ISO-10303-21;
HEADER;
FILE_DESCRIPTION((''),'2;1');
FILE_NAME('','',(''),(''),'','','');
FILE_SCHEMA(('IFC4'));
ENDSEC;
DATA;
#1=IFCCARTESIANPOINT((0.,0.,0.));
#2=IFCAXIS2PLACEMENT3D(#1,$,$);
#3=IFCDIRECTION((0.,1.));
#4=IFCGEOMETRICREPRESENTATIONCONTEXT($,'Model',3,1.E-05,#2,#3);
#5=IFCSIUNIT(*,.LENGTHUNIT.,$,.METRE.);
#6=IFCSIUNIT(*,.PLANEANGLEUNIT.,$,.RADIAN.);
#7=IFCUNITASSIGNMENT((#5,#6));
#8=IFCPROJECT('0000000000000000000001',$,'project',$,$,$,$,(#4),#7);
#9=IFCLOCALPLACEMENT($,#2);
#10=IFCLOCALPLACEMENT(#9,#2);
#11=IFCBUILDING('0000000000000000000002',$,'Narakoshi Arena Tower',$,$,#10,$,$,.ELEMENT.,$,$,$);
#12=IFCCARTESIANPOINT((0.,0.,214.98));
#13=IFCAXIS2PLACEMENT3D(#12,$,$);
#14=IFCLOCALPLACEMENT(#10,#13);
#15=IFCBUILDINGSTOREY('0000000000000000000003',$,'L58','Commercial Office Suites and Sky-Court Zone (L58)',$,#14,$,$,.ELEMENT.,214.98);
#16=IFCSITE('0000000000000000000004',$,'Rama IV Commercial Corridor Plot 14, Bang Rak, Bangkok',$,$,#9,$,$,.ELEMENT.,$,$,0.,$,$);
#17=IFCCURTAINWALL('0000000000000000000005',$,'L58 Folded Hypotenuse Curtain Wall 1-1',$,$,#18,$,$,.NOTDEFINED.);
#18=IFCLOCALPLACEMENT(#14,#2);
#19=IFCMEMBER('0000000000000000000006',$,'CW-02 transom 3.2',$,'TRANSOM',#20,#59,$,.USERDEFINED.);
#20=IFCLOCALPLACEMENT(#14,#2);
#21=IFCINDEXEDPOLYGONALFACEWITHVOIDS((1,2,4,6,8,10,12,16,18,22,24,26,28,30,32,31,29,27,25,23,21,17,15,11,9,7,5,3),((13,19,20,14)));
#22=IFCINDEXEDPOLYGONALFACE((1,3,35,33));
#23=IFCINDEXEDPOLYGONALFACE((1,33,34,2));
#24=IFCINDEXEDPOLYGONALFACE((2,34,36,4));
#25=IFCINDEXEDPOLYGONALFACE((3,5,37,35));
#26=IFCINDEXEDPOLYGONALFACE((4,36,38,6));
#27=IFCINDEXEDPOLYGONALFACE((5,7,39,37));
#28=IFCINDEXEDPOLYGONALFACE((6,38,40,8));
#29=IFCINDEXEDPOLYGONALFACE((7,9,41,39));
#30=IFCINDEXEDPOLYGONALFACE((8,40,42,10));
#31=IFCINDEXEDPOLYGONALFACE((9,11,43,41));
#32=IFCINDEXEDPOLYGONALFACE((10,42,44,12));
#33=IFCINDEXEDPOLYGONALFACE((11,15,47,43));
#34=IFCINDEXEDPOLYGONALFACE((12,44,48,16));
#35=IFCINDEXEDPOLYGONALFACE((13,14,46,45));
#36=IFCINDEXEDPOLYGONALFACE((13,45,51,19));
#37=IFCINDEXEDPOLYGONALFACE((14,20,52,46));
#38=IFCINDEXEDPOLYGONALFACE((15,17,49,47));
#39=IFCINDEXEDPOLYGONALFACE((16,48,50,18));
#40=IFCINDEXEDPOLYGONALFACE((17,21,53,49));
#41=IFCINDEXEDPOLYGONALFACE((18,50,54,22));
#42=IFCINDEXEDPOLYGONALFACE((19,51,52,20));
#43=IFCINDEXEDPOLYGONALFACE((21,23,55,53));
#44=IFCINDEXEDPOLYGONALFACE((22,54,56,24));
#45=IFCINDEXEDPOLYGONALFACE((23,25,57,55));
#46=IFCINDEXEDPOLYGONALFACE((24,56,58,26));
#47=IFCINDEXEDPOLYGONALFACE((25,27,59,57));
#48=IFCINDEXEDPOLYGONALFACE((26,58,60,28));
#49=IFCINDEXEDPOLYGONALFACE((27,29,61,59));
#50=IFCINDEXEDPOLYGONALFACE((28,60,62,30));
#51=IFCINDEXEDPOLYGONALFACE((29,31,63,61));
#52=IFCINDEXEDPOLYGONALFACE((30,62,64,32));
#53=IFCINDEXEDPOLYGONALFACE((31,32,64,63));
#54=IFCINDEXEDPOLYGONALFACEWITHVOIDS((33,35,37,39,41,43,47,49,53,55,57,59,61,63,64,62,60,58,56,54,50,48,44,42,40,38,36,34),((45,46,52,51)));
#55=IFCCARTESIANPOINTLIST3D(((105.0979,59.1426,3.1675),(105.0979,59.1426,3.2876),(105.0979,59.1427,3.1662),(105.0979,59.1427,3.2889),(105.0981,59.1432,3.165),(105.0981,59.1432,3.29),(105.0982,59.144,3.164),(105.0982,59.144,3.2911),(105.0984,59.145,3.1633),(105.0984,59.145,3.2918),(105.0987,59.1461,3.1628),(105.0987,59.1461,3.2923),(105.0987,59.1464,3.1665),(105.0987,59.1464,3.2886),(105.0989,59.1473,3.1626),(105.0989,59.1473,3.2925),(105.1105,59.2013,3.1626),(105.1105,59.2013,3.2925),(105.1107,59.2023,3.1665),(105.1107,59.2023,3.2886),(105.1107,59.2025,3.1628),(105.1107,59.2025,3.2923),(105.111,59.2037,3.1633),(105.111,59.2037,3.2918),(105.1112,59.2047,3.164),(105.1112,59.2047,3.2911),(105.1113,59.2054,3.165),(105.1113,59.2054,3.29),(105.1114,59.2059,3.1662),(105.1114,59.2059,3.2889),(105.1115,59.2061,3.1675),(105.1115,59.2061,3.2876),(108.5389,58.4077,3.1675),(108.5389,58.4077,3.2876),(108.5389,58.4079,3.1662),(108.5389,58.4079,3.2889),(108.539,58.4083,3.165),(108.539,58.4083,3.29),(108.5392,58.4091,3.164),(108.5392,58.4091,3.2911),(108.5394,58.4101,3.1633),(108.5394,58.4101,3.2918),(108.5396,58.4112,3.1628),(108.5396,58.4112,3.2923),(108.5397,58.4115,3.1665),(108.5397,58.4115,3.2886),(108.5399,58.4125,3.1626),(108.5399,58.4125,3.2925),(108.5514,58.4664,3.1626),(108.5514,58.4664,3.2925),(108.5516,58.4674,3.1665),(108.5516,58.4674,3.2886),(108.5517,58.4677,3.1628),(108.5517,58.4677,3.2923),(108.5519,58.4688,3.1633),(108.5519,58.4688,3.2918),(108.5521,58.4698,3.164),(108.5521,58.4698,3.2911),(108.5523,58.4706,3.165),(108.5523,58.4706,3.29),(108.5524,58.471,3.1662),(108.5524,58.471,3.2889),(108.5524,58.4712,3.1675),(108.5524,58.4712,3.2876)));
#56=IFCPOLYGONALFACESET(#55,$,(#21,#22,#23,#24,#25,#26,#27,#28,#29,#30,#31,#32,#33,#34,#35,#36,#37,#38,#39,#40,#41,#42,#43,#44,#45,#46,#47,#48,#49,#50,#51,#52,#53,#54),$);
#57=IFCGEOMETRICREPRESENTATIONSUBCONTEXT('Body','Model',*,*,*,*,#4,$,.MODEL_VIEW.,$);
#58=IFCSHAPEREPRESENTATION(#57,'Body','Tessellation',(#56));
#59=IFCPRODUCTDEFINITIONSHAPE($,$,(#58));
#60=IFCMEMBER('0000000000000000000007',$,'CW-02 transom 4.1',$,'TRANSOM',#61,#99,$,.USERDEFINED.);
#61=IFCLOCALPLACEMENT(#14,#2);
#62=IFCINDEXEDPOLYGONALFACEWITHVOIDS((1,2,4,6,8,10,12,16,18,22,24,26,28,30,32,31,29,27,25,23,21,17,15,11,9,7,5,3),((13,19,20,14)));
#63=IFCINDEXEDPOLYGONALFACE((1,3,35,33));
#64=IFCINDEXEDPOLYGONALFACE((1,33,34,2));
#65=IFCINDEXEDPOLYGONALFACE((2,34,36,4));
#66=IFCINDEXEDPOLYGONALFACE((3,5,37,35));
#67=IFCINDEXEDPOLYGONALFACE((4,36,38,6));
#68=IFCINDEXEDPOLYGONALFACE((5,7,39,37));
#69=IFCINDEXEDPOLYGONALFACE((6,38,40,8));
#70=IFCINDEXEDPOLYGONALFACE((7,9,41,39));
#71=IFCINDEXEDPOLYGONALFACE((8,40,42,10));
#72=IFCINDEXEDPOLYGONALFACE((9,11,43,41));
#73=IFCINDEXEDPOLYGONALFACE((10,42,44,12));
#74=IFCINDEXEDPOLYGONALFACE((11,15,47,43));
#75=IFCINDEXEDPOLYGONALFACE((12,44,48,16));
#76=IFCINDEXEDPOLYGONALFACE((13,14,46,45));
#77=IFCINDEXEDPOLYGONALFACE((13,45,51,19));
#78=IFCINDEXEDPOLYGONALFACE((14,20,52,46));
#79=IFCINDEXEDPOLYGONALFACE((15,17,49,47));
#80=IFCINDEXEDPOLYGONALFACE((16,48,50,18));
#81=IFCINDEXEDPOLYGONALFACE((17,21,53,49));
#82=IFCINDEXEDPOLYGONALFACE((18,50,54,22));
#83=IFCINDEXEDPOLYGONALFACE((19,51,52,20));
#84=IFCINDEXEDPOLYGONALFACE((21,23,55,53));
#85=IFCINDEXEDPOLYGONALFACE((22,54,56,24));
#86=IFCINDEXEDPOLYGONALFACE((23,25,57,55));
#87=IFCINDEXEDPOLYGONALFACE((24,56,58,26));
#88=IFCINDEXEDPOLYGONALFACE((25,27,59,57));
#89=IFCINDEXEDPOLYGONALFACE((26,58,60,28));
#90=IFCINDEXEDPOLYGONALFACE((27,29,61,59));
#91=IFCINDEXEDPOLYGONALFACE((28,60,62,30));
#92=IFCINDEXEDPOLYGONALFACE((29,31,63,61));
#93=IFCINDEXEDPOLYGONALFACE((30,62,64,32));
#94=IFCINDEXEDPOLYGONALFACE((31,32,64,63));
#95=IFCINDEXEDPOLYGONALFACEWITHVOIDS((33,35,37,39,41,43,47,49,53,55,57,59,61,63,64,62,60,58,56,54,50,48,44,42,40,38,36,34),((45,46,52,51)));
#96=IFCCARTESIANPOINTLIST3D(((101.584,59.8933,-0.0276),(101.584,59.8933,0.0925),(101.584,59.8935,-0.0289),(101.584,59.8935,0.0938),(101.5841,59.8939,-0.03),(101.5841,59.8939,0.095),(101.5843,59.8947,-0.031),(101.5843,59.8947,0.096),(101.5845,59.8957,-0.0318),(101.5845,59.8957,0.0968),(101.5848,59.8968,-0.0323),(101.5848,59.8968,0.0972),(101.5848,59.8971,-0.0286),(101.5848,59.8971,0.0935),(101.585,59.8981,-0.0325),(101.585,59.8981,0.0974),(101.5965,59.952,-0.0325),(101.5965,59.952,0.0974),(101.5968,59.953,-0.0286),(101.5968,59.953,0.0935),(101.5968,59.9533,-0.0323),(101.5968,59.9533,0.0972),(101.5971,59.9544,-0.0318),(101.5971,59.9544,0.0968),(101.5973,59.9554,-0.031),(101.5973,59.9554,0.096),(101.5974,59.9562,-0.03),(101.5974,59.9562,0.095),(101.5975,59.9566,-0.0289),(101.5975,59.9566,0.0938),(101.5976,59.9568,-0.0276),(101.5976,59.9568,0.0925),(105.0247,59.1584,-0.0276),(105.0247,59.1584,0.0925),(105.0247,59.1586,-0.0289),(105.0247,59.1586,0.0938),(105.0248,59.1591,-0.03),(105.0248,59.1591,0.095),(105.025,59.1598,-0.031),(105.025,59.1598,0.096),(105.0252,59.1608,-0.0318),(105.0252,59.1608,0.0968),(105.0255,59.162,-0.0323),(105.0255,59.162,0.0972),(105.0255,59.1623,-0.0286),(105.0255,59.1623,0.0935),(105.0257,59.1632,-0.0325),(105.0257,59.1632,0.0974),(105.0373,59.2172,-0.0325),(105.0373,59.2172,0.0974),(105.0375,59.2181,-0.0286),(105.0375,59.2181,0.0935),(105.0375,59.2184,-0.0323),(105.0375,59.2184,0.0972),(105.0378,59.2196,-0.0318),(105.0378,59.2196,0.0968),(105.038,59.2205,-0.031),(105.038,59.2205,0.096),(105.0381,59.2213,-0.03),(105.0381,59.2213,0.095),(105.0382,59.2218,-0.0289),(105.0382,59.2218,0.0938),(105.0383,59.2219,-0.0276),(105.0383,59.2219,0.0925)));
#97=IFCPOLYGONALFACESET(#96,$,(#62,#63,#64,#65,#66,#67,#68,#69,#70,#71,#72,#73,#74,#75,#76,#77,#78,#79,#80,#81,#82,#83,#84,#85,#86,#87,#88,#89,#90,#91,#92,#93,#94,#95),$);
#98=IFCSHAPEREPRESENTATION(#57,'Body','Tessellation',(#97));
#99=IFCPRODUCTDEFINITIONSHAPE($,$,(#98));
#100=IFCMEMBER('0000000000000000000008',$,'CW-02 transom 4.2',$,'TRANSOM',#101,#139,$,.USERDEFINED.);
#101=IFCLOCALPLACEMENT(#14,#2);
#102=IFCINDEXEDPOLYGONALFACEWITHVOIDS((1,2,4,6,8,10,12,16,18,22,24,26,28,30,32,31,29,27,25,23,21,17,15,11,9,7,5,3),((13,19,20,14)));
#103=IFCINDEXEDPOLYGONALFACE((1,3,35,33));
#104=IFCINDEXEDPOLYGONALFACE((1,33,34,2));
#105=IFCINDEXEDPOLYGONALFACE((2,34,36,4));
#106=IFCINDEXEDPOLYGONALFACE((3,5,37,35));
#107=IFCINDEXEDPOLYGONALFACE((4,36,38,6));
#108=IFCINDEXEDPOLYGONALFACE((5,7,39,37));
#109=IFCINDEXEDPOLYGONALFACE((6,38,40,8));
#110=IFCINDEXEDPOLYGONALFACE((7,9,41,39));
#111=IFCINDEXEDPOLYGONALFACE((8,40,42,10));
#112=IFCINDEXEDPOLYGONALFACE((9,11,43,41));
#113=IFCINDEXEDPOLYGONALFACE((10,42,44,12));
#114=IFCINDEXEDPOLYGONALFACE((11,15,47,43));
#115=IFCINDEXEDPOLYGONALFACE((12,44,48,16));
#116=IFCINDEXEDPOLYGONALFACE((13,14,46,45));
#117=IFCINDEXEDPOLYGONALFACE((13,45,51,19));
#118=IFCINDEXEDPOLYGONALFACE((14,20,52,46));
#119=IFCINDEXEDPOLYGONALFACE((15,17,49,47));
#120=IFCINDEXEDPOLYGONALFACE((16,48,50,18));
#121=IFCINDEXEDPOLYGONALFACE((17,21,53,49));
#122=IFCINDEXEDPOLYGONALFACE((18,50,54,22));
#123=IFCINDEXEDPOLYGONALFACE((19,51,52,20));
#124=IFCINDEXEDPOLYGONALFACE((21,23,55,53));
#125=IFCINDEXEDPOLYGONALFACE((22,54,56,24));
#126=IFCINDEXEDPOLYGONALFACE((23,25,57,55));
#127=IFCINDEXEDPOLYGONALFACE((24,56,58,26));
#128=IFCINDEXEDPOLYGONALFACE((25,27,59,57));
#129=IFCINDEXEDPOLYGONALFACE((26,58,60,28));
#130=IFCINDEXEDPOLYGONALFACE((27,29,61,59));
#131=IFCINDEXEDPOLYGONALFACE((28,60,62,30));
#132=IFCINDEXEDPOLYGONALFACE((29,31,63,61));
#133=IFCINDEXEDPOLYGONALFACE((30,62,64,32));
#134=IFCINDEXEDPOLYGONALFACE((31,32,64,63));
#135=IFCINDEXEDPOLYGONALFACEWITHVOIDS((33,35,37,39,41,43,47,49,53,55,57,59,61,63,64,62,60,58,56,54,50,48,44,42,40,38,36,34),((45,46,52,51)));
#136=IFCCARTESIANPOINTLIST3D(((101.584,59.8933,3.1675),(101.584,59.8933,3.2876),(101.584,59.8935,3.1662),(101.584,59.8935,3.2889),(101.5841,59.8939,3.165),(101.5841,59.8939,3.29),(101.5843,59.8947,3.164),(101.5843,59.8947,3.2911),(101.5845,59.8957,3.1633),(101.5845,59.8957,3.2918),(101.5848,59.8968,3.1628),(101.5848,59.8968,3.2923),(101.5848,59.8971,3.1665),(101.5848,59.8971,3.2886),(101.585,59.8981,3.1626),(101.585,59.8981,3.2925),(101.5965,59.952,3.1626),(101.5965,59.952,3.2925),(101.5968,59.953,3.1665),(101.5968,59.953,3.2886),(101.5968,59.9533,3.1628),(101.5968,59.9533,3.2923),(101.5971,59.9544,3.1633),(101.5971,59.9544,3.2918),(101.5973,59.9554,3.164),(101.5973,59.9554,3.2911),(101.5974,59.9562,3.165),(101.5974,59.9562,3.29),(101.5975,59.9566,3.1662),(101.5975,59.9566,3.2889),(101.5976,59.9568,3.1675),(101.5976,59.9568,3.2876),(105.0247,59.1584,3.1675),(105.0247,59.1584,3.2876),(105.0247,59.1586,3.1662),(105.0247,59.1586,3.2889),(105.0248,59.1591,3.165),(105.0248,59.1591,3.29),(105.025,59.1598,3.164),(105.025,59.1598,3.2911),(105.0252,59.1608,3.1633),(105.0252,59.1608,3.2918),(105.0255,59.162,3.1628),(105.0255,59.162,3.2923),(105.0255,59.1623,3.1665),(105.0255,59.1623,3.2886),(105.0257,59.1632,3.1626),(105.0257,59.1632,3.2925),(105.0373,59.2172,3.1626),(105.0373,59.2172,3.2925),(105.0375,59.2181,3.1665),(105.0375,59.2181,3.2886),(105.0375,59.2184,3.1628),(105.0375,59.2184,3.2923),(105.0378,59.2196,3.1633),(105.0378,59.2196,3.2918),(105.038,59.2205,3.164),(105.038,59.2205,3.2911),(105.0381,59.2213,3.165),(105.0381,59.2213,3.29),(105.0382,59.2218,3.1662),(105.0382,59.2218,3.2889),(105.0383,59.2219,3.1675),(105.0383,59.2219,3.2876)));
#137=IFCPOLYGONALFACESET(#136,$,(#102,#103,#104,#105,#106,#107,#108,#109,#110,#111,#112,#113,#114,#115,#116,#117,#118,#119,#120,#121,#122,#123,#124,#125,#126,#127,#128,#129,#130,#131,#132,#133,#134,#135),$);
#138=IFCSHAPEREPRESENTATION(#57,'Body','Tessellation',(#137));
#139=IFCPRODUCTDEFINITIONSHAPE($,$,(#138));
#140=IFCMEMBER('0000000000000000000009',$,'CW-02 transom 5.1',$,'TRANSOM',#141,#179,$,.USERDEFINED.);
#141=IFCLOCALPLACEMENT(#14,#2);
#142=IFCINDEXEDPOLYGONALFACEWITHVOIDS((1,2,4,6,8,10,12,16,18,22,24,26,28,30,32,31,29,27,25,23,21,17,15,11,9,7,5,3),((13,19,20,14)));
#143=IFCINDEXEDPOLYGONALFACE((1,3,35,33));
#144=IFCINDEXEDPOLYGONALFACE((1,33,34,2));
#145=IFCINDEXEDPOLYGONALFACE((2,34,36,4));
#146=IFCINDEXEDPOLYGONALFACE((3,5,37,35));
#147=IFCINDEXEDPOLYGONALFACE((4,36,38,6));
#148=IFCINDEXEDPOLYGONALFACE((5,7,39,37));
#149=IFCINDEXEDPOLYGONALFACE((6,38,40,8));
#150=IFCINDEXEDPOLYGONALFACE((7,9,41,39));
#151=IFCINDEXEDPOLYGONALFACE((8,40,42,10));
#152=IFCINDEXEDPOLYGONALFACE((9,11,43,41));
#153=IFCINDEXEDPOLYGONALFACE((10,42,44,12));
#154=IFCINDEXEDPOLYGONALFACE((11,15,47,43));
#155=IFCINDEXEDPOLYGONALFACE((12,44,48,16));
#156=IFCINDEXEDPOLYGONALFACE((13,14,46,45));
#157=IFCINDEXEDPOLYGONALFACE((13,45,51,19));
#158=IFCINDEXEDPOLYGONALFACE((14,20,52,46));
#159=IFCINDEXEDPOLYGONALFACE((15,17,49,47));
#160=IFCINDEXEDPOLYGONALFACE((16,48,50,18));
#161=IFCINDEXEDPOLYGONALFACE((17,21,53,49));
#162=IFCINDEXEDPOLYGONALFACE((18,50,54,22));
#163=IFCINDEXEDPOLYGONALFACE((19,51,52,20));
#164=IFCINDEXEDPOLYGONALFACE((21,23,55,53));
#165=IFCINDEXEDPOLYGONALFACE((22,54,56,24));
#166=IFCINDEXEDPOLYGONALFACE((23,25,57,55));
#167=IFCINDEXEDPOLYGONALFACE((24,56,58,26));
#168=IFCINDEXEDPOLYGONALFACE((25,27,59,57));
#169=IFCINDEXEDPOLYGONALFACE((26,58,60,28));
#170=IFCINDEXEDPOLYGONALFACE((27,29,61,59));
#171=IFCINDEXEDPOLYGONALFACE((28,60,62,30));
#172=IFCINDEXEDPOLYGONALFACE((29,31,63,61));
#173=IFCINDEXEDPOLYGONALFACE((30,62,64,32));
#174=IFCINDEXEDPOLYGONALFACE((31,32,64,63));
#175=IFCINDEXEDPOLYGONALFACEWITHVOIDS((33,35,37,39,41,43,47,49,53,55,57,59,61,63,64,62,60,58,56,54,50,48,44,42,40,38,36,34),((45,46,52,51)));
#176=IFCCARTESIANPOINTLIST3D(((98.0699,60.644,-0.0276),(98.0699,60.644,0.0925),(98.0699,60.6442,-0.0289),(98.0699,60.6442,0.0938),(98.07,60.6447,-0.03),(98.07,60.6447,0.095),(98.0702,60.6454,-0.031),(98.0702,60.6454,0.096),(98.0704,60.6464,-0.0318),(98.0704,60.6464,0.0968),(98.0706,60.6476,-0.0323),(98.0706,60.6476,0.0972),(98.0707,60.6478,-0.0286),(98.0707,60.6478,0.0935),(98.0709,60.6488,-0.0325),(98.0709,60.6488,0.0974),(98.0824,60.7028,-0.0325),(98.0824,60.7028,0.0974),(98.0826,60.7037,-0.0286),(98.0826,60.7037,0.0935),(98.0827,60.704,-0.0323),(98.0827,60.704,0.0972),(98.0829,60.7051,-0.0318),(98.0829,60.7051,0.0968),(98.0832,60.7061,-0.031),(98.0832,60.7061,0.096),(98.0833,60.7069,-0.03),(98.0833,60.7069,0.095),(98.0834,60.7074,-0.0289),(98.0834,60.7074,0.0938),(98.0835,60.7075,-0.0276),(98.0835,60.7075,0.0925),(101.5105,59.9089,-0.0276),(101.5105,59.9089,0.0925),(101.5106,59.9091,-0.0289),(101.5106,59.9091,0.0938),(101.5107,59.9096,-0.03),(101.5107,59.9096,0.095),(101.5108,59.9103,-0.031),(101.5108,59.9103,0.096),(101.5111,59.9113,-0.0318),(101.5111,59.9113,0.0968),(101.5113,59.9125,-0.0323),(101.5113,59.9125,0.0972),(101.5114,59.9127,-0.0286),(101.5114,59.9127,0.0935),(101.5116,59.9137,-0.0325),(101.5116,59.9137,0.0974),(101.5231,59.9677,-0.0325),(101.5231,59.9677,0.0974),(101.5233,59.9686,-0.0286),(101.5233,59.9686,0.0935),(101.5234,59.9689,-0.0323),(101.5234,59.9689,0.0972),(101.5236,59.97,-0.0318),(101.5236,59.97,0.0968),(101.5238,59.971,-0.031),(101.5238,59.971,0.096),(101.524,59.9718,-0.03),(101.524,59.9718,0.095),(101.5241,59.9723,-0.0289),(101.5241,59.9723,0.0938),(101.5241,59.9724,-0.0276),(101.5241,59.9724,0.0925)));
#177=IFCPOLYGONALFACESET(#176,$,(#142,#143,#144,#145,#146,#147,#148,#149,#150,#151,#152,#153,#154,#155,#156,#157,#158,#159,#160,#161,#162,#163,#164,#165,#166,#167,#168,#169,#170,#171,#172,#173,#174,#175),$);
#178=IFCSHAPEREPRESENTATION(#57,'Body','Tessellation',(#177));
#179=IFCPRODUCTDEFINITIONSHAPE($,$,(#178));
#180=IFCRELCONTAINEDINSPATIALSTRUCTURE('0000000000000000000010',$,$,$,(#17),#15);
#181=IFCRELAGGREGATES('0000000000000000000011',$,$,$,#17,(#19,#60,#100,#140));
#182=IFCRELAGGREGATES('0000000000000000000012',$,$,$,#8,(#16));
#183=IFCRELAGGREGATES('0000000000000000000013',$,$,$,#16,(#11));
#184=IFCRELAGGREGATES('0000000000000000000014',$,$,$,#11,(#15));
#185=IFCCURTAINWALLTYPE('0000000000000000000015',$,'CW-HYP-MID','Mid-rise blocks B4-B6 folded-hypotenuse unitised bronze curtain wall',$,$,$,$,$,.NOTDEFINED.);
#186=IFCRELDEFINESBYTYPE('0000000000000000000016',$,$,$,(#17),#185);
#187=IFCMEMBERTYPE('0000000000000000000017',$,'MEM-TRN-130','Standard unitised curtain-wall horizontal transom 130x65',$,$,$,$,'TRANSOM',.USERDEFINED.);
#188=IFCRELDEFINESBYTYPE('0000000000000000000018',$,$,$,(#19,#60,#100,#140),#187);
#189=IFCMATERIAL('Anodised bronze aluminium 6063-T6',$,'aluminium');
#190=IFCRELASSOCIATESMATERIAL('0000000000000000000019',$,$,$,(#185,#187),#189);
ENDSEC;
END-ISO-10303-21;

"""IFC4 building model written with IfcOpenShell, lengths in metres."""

from ifc_helpers import new_model, si_unit, direction, frame, origin, origin_2d, place, context, subcontext, project, spatial, hollow_rectangle, extrude, material, material_profile, profile_set, type_object, element, aggregate, save


model = new_model("IFC4")

# Units and contexts
model_context = context("Model", 3, precision=1e-05, world=origin(), true_north=direction((0.0, 1.0)))
body_context = subcontext(model_context, "Body", "Model", "MODEL_VIEW")
ifc_project = project(units=[si_unit("LENGTHUNIT", "METRE"), si_unit("PLANEANGLEUNIT", "RADIAN")], contexts=[model_context])

# Site, building, storey
site_placement = place(None, origin())
site = spatial("IfcSite", under=ifc_project, at=site_placement, Name="Rama IV Commercial Corridor Plot 14, Bang Rak, Bangkok", CompositionType="ELEMENT", RefElevation=0.0)
building_placement = place(site_placement, origin())
building = spatial("IfcBuilding", under=site, at=building_placement, Name="Narakoshi Arena Tower", CompositionType="ELEMENT")
storey_placement = place(building_placement, frame((0.0, 0.0, 214.98)))
storey = spatial("IfcBuildingStorey", under=building, at=storey_placement, Name="L58", Description="Commercial Office Suites and Sky-Court Zone (L58)", CompositionType="ELEMENT", Elevation=214.98)

# Curtain wall, members
ifc_material_1 = material(Name="Anodised bronze aluminium 6063-T6", Category="aluminium")
curtain_wall_type = type_object("IfcCurtainWallType", Name="CW-HYP-MID", Description="Mid-rise blocks B4-B6 folded-hypotenuse unitised bronze curtain wall", PredefinedType="NOTDEFINED", material=ifc_material_1)
curtain_wall_placement = place(storey_placement, origin())
curtain_wall = element("IfcCurtainWall", 1, at=curtain_wall_placement, inside=storey, type_object=curtain_wall_type, Name="L58 Folded Hypotenuse Curtain Wall 1-1", PredefinedType="NOTDEFINED")
ifc_material_profile_1 = material_profile(ifc_material_1, hollow_rectangle(XDim=0.0649, YDim=0.1299, WallThickness=0.0039, OuterFilletRadius=0.0049, at=origin_2d()), Name="TRN130x65x4")
ifc_profile_set_1 = profile_set([ifc_material_profile_1], Name="Anodised bronze aluminium 6063-T6")
member_type_1 = type_object("IfcMemberType", Name="MEM-TRN-130", Description="Standard unitised curtain-wall horizontal transom 130x65", ElementType="TRANSOM", PredefinedType="USERDEFINED", material=ifc_profile_set_1)
member_1_placement = place(storey_placement, frame((108.5457, 58.4395, 3.2275), z_axis=(-0.977946, 0.208856, 0.0), x_axis=(-0.208856, -0.977946, 0.0)))
member_1 = element("IfcMember", 2, at=member_1_placement, type_object=member_type_1, Name="CW-02 transom 3.2", ObjectType="TRANSOM", PredefinedType="USERDEFINED", context=body_context, shape_type="SweptSolid", body=[
    extrude(hollow_rectangle(XDim=0.0649, YDim=0.1299, WallThickness=0.0039, OuterFilletRadius=0.0049, at=origin_2d()), origin(), (0.0, 0.0, 1.0), 3.5186),
])
member_2_placement = place(storey_placement, frame((105.0315, 59.1902, 0.0325), z_axis=(-0.977943, 0.20887, 0.0), x_axis=(-0.20887, -0.977943, 0.0)))
member_2 = element("IfcMember", 3, at=member_2_placement, type_object=member_type_1, Name="CW-02 transom 4.1", ObjectType="TRANSOM", PredefinedType="USERDEFINED", context=body_context, shape_type="SweptSolid", body=[
    extrude(hollow_rectangle(XDim=0.0649, YDim=0.1299, WallThickness=0.0039, OuterFilletRadius=0.0049, at=origin_2d()), origin(), (0.0, 0.0, 1.0), 3.5183),
])
member_3_placement = place(storey_placement, frame((105.0315, 59.1902, 3.2275), z_axis=(-0.977943, 0.20887, 0.0), x_axis=(-0.20887, -0.977943, 0.0)))
member_3 = element("IfcMember", 4, at=member_3_placement, type_object=member_type_1, Name="CW-02 transom 4.2", ObjectType="TRANSOM", PredefinedType="USERDEFINED", context=body_context, shape_type="SweptSolid", body=[
    extrude(hollow_rectangle(XDim=0.0649, YDim=0.1299, WallThickness=0.0039, OuterFilletRadius=0.0049, at=origin_2d()), origin(), (0.0, 0.0, 1.0), 3.5183),
])
member_4_placement = place(storey_placement, frame((101.5173, 59.9407, 0.0325), z_axis=(-0.977929, 0.208937, 0.0), x_axis=(-0.208937, -0.977929, 0.0)))
member_4 = element("IfcMember", 5, at=member_4_placement, type_object=member_type_1, Name="CW-02 transom 5.1", ObjectType="TRANSOM", PredefinedType="USERDEFINED", context=body_context, shape_type="SweptSolid", body=[
    extrude(hollow_rectangle(XDim=0.0649, YDim=0.1299, WallThickness=0.0039, OuterFilletRadius=0.0049, at=origin_2d()), origin(), (0.0, 0.0, 1.0), 3.5183),
])
aggregate(curtain_wall, [member_1, member_2, member_3, member_4])

save(model, "model.ifc")
